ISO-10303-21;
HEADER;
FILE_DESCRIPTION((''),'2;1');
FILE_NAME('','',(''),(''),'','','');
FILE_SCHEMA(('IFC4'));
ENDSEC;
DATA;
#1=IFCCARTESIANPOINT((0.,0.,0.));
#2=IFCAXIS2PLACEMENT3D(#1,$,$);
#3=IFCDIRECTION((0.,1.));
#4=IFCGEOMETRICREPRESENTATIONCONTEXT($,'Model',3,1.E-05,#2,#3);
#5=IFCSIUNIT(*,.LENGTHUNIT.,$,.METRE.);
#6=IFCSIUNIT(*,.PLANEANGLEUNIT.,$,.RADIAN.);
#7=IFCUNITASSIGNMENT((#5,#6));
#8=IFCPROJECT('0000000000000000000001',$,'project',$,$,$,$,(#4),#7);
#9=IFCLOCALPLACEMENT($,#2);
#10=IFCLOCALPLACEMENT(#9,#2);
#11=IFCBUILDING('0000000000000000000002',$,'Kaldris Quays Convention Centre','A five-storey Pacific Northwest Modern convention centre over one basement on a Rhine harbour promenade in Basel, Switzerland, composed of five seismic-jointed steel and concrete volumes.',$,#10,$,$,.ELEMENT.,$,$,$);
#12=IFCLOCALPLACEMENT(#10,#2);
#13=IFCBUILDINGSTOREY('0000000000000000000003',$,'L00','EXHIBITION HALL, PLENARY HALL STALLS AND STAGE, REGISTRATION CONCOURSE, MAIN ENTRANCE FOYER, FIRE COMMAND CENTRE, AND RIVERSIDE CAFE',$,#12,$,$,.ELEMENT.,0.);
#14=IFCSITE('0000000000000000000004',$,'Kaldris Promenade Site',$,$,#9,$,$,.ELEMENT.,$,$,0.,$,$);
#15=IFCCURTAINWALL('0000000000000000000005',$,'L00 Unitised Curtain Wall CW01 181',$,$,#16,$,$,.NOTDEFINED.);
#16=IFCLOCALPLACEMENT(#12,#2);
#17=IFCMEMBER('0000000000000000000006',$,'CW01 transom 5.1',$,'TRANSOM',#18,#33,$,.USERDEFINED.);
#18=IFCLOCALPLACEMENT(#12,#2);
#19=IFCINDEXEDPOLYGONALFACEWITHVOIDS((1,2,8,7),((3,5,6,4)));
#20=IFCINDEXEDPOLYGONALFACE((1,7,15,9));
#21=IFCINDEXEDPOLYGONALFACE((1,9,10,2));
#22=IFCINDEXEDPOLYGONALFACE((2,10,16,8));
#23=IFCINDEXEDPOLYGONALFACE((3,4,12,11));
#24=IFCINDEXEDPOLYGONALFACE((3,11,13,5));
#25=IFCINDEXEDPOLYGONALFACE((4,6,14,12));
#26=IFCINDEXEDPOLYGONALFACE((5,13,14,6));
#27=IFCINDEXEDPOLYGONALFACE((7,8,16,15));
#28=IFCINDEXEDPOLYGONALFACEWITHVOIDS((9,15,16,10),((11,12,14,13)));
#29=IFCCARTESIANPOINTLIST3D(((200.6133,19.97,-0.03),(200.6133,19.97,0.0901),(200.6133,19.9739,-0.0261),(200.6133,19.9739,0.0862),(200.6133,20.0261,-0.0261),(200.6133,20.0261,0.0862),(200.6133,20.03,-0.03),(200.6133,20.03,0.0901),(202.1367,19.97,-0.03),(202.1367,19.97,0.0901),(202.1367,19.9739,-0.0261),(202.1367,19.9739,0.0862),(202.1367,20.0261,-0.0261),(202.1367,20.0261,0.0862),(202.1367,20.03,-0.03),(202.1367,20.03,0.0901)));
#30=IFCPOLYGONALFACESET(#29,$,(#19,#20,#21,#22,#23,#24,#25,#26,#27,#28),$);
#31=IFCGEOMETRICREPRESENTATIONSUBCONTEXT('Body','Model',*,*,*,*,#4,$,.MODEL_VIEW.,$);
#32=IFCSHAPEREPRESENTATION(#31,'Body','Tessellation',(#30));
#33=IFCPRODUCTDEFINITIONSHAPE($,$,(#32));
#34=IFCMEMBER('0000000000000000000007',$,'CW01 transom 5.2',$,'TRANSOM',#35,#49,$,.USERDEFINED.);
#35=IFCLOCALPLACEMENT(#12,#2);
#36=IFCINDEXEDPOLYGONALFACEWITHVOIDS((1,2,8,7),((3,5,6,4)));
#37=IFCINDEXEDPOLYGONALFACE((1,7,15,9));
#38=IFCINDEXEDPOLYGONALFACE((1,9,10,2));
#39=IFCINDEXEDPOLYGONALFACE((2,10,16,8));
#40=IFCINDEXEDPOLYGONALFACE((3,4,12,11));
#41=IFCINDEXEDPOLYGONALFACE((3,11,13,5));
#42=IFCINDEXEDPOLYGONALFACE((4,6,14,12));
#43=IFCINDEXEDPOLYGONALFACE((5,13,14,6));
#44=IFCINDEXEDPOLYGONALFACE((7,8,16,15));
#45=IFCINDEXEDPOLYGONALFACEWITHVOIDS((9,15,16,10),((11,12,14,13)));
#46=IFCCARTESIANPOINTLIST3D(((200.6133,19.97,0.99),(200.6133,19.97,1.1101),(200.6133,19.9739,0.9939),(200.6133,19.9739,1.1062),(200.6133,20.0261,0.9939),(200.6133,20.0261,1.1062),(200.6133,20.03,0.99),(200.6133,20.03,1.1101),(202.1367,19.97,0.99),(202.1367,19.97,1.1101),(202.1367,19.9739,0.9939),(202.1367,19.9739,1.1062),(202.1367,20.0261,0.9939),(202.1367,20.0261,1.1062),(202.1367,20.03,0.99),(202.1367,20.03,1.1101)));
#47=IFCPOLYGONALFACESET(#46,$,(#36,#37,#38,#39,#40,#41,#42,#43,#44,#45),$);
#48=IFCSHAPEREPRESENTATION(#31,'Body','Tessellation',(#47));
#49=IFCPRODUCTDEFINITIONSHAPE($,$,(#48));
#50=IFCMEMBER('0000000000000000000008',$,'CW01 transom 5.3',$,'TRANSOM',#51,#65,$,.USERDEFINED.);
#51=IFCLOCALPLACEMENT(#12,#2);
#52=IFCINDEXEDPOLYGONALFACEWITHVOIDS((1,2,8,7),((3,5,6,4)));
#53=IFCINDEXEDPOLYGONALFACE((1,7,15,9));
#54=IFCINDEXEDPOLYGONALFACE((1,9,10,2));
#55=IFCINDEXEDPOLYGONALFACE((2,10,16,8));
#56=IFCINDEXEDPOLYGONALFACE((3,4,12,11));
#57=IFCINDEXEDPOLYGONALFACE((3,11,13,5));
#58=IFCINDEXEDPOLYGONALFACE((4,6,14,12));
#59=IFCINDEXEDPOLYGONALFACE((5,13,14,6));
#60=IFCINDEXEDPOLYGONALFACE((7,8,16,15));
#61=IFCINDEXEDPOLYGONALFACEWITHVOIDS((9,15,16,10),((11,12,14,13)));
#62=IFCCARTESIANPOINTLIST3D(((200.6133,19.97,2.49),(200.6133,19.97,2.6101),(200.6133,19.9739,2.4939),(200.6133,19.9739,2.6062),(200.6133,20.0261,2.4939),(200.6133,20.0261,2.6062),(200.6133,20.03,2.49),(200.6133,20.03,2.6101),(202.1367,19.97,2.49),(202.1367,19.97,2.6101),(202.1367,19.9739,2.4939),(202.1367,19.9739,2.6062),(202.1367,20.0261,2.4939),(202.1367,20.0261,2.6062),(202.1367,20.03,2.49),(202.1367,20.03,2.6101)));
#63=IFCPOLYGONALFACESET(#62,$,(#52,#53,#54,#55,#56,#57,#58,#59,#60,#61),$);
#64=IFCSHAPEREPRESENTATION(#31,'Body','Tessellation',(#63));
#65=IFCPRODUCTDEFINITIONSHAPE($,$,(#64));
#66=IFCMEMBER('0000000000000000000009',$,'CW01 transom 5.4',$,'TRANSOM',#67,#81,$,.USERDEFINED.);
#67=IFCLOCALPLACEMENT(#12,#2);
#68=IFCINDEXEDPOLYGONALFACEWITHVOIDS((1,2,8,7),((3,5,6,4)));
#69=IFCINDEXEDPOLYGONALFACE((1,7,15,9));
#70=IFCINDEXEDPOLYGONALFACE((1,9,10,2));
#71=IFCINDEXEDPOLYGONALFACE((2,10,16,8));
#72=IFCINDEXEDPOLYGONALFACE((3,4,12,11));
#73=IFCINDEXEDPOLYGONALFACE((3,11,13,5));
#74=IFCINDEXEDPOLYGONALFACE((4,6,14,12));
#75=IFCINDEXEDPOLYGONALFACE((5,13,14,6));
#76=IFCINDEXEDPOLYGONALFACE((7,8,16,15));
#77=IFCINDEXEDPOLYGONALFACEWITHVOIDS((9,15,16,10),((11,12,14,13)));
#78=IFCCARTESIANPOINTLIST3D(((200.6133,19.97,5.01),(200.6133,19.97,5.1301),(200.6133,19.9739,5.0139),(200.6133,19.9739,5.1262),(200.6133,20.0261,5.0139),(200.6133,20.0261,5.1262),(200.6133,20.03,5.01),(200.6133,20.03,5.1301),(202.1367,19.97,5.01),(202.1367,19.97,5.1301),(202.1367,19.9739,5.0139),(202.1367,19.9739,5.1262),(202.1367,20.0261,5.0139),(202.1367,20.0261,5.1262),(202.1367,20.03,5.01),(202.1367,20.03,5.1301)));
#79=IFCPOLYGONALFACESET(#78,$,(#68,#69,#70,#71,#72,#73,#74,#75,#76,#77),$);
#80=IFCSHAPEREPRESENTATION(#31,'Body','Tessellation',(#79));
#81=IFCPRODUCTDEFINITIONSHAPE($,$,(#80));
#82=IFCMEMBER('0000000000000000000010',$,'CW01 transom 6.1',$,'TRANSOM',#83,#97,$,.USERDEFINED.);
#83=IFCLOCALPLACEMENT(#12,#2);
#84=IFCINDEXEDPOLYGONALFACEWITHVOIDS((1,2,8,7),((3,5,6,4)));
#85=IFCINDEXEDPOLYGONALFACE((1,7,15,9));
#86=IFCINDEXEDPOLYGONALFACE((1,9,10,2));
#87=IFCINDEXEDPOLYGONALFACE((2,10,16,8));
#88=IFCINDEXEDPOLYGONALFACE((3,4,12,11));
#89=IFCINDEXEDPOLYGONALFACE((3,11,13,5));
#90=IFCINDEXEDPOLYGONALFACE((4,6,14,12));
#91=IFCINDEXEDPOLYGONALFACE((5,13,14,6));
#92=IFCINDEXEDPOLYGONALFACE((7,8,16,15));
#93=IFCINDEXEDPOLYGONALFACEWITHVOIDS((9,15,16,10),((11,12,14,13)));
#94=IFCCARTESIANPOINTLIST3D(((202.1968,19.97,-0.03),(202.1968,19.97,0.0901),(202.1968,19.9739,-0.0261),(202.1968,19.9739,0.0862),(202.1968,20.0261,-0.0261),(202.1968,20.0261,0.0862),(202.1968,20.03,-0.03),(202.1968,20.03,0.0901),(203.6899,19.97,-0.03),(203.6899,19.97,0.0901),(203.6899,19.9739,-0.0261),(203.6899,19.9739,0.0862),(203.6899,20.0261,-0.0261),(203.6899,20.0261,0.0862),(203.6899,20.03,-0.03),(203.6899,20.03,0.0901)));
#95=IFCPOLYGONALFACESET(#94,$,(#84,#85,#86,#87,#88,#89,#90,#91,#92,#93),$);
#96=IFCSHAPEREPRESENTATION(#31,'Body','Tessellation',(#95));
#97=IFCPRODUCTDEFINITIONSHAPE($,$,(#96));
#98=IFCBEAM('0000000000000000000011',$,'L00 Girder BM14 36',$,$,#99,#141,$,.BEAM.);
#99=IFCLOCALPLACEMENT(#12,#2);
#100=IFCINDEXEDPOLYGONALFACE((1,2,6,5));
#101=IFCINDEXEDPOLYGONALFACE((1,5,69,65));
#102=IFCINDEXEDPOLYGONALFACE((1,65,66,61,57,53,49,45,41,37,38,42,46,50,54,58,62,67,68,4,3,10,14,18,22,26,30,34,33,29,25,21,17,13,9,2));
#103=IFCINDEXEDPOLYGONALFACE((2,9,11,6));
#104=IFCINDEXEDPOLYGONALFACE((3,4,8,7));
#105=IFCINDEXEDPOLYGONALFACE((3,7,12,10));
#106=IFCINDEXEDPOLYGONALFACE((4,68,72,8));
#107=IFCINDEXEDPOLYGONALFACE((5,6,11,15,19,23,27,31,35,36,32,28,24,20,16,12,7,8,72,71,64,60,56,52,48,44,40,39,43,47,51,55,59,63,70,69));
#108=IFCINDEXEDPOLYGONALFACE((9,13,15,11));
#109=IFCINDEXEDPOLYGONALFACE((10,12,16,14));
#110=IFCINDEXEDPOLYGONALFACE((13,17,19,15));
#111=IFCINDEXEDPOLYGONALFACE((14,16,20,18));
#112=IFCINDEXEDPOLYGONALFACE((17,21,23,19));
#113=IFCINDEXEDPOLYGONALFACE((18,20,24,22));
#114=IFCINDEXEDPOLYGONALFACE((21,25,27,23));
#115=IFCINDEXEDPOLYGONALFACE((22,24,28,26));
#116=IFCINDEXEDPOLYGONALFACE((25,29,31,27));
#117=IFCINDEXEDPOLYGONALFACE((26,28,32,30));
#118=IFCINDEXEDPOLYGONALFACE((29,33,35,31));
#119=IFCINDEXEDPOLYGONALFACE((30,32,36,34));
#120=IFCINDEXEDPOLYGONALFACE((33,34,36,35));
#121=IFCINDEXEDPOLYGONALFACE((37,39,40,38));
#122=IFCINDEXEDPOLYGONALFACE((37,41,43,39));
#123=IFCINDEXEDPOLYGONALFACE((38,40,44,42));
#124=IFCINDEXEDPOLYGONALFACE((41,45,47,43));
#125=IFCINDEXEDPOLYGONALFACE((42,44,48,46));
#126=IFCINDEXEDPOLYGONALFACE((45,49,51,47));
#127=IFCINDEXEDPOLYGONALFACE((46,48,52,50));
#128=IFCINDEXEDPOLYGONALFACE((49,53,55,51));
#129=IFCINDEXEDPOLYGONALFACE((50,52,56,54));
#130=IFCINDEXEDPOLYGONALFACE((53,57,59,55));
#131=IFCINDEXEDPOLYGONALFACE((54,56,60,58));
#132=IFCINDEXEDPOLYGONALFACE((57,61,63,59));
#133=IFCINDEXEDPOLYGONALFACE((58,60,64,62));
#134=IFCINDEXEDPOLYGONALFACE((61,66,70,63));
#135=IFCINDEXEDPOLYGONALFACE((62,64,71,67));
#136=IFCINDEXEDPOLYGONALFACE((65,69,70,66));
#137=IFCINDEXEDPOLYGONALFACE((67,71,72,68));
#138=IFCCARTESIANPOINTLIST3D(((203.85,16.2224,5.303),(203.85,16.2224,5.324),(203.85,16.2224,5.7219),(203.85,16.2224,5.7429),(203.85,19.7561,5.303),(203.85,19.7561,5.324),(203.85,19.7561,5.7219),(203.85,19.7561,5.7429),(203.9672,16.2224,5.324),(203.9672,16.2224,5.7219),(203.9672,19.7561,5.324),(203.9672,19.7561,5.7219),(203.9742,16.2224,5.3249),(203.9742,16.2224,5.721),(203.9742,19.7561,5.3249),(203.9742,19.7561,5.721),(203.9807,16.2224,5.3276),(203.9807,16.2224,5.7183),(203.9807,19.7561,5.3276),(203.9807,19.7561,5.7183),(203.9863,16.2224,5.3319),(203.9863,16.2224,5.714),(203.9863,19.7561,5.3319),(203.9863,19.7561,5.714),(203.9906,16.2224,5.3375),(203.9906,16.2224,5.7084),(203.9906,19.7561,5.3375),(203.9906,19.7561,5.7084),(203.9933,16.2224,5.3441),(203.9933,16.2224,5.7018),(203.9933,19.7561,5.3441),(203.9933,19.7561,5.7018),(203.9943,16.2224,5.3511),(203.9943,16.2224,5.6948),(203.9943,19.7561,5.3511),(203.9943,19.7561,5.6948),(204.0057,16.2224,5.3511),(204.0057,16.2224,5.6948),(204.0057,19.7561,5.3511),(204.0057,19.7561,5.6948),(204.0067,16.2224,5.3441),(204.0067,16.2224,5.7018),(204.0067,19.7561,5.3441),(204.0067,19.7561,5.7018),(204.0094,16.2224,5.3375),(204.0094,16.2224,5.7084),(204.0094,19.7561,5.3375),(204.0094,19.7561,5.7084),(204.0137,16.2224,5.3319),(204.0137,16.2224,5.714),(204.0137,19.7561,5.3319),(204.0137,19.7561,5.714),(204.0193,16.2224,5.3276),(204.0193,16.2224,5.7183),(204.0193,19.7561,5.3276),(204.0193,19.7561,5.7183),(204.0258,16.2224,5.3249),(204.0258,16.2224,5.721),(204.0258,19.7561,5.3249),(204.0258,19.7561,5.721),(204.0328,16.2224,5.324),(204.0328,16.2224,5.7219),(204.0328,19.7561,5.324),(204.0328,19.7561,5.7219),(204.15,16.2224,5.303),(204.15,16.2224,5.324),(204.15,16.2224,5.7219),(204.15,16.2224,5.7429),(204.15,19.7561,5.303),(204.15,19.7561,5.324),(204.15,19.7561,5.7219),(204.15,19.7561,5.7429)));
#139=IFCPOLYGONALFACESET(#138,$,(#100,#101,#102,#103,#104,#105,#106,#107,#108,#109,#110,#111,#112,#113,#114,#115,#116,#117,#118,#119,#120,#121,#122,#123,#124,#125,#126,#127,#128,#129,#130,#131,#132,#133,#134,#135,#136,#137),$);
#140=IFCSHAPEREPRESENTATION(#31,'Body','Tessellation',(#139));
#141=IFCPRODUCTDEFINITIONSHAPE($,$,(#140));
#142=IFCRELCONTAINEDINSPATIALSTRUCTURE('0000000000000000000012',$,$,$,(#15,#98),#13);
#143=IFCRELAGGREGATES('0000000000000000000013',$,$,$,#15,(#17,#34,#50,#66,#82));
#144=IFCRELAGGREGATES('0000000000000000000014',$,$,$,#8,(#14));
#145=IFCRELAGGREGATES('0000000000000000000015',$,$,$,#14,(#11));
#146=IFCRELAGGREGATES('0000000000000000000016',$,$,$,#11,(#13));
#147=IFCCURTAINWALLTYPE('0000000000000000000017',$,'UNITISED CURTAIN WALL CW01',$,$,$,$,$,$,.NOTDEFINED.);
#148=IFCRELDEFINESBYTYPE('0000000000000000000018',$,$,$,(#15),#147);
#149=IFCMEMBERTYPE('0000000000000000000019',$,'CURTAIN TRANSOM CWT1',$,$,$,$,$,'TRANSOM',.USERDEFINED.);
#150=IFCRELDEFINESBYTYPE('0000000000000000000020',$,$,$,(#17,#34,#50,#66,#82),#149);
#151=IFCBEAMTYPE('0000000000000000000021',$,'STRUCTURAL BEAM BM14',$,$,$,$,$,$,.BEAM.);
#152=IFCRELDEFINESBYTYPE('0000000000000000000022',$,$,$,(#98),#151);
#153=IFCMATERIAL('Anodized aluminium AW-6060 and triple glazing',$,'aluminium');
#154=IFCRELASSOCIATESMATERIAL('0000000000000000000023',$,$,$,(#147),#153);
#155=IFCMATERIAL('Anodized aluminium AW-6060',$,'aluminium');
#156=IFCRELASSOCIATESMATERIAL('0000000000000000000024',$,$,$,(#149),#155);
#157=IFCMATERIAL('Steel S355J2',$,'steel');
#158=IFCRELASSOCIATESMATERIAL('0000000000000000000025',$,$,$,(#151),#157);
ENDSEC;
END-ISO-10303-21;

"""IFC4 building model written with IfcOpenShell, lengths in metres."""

from ifc_helpers import new_model, si_unit, direction, frame, origin, origin_2d, place, context, subcontext, project, spatial, hollow_rectangle, i_section, extrude, material, material_profile, profile_set, type_object, element, aggregate, save


model = new_model("IFC4")

# Units and contexts
model_context = context("Model", 3, precision=1e-05, world=origin(), true_north=direction((0.0, 1.0)))
body_context = subcontext(model_context, "Body", "Model", "MODEL_VIEW")
ifc_project = project(units=[si_unit("LENGTHUNIT", "METRE"), si_unit("PLANEANGLEUNIT", "RADIAN")], contexts=[model_context])

# Site, building, storey
site_placement = place(None, origin())
site = spatial("IfcSite", under=ifc_project, at=site_placement, Name="Kaldris Promenade Site", CompositionType="ELEMENT", RefElevation=0.0)
building_placement = place(site_placement, origin())
building = spatial("IfcBuilding", under=site, at=building_placement, Name="Kaldris Quays Convention Centre", Description="A five-storey Pacific Northwest Modern convention centre over one basement on a Rhine harbour promenade in Basel, Switzerland, composed of five seismic-jointed steel and concrete volumes.", CompositionType="ELEMENT")
storey_placement = place(building_placement, origin())
storey = spatial("IfcBuildingStorey", under=building, at=storey_placement, Name="L00", Description="EXHIBITION HALL, PLENARY HALL STALLS AND STAGE, REGISTRATION CONCOURSE, MAIN ENTRANCE FOYER, FIRE COMMAND CENTRE, AND RIVERSIDE CAFE", CompositionType="ELEMENT", Elevation=0.0)

# Curtain wall, members
ifc_material_1 = material(Name="Anodized aluminium AW-6060 and triple glazing", Category="aluminium")
curtain_wall_type = type_object("IfcCurtainWallType", Name="UNITISED CURTAIN WALL CW01", PredefinedType="NOTDEFINED", material=ifc_material_1)
curtain_wall_placement = place(storey_placement, origin())
curtain_wall = element("IfcCurtainWall", 1, at=curtain_wall_placement, inside=storey, type_object=curtain_wall_type, Name="L00 Unitised Curtain Wall CW01 181", PredefinedType="NOTDEFINED")
ifc_material_2 = material(Name="Anodized aluminium AW-6060", Category="aluminium")
ifc_material_profile_1 = material_profile(ifc_material_2, hollow_rectangle(XDim=0.0601, YDim=0.1201, WallThickness=0.0039, at=origin_2d()), Name="RHS 120x60x4")
ifc_profile_set_1 = profile_set([ifc_material_profile_1], Name="Anodized aluminium AW-6060")
member_type_1 = type_object("IfcMemberType", Name="CURTAIN TRANSOM CWT1", ElementType="TRANSOM", PredefinedType="USERDEFINED", material=ifc_profile_set_1)
member_1_placement = place(storey_placement, frame((200.6133, 20.0, 0.03), z_axis=(1.0, 0.0, 0.0), x_axis=(0.0, 1.0, 0.0)))
member_1 = element("IfcMember", 2, at=member_1_placement, type_object=member_type_1, Name="CW01 transom 5.1", ObjectType="TRANSOM", PredefinedType="USERDEFINED", context=body_context, shape_type="SweptSolid", body=[
    extrude(hollow_rectangle(XDim=0.0601, YDim=0.1201, WallThickness=0.0039, at=origin_2d()), origin(), (0.0, 0.0, 1.0), 1.5234),
])
member_2_placement = place(storey_placement, frame((200.6133, 20.0, 1.05), z_axis=(1.0, 0.0, 0.0), x_axis=(0.0, 1.0, 0.0)))
member_2 = element("IfcMember", 3, at=member_2_placement, type_object=member_type_1, Name="CW01 transom 5.2", ObjectType="TRANSOM", PredefinedType="USERDEFINED", context=body_context, shape_type="SweptSolid", body=[
    extrude(hollow_rectangle(XDim=0.0601, YDim=0.1201, WallThickness=0.0039, at=origin_2d()), origin(), (0.0, 0.0, 1.0), 1.5234),
])
member_3_placement = place(storey_placement, frame((200.6133, 20.0, 2.55), z_axis=(1.0, 0.0, 0.0), x_axis=(0.0, 1.0, 0.0)))
member_3 = element("IfcMember", 4, at=member_3_placement, type_object=member_type_1, Name="CW01 transom 5.3", ObjectType="TRANSOM", PredefinedType="USERDEFINED", context=body_context, shape_type="SweptSolid", body=[
    extrude(hollow_rectangle(XDim=0.0601, YDim=0.1201, WallThickness=0.0039, at=origin_2d()), origin(), (0.0, 0.0, 1.0), 1.5234),
])
member_4_placement = place(storey_placement, frame((200.6133, 20.0, 5.0701), z_axis=(1.0, 0.0, 0.0), x_axis=(0.0, 1.0, 0.0)))
member_4 = element("IfcMember", 5, at=member_4_placement, type_object=member_type_1, Name="CW01 transom 5.4", ObjectType="TRANSOM", PredefinedType="USERDEFINED", context=body_context, shape_type="SweptSolid", body=[
    extrude(hollow_rectangle(XDim=0.0601, YDim=0.1201, WallThickness=0.0039, at=origin_2d()), origin(), (0.0, 0.0, 1.0), 1.5234),
])
member_5_placement = place(storey_placement, frame((202.1968, 20.0, 0.03), z_axis=(1.0, 0.0, 0.0), x_axis=(0.0, 1.0, 0.0)))
member_5 = element("IfcMember", 6, at=member_5_placement, type_object=member_type_1, Name="CW01 transom 6.1", ObjectType="TRANSOM", PredefinedType="USERDEFINED", context=body_context, shape_type="SweptSolid", body=[
    extrude(hollow_rectangle(XDim=0.0601, YDim=0.1201, WallThickness=0.0039, at=origin_2d()), origin(), (0.0, 0.0, 1.0), 1.4932),
])

# Beam
ifc_material_3 = material(Name="Steel S355J2", Category="steel")
ifc_material_profile_2 = material_profile(ifc_material_3, i_section(OverallWidth=0.3, OverallDepth=0.4399, WebThickness=0.0115, FlangeThickness=0.021, FilletRadius=0.0271, at=origin_2d()), Name="HEA 450")
ifc_profile_set_2 = profile_set([ifc_material_profile_2], Name="Steel S355J2")
beam_type = type_object("IfcBeamType", Name="STRUCTURAL BEAM BM14", PredefinedType="BEAM", material=ifc_profile_set_2)
beam_placement = place(storey_placement, frame((204.0, 16.2224, 5.5229), z_axis=(0.0, 1.0, 0.0), x_axis=(-1.0, 0.0, 0.0)))
element("IfcBeam", 7, at=beam_placement, inside=storey, type_object=beam_type, Name="L00 Girder BM14 36", PredefinedType="BEAM", context=body_context, shape_type="SweptSolid", body=[
    extrude(i_section(OverallWidth=0.3, OverallDepth=0.4399, WebThickness=0.0115, FlangeThickness=0.021, FilletRadius=0.0271, at=origin_2d()), origin(), (0.0, 0.0, 1.0), 3.5337),
])

aggregate(curtain_wall, [member_1, member_2, member_3, member_4, member_5])

save(model, "model.ifc")
